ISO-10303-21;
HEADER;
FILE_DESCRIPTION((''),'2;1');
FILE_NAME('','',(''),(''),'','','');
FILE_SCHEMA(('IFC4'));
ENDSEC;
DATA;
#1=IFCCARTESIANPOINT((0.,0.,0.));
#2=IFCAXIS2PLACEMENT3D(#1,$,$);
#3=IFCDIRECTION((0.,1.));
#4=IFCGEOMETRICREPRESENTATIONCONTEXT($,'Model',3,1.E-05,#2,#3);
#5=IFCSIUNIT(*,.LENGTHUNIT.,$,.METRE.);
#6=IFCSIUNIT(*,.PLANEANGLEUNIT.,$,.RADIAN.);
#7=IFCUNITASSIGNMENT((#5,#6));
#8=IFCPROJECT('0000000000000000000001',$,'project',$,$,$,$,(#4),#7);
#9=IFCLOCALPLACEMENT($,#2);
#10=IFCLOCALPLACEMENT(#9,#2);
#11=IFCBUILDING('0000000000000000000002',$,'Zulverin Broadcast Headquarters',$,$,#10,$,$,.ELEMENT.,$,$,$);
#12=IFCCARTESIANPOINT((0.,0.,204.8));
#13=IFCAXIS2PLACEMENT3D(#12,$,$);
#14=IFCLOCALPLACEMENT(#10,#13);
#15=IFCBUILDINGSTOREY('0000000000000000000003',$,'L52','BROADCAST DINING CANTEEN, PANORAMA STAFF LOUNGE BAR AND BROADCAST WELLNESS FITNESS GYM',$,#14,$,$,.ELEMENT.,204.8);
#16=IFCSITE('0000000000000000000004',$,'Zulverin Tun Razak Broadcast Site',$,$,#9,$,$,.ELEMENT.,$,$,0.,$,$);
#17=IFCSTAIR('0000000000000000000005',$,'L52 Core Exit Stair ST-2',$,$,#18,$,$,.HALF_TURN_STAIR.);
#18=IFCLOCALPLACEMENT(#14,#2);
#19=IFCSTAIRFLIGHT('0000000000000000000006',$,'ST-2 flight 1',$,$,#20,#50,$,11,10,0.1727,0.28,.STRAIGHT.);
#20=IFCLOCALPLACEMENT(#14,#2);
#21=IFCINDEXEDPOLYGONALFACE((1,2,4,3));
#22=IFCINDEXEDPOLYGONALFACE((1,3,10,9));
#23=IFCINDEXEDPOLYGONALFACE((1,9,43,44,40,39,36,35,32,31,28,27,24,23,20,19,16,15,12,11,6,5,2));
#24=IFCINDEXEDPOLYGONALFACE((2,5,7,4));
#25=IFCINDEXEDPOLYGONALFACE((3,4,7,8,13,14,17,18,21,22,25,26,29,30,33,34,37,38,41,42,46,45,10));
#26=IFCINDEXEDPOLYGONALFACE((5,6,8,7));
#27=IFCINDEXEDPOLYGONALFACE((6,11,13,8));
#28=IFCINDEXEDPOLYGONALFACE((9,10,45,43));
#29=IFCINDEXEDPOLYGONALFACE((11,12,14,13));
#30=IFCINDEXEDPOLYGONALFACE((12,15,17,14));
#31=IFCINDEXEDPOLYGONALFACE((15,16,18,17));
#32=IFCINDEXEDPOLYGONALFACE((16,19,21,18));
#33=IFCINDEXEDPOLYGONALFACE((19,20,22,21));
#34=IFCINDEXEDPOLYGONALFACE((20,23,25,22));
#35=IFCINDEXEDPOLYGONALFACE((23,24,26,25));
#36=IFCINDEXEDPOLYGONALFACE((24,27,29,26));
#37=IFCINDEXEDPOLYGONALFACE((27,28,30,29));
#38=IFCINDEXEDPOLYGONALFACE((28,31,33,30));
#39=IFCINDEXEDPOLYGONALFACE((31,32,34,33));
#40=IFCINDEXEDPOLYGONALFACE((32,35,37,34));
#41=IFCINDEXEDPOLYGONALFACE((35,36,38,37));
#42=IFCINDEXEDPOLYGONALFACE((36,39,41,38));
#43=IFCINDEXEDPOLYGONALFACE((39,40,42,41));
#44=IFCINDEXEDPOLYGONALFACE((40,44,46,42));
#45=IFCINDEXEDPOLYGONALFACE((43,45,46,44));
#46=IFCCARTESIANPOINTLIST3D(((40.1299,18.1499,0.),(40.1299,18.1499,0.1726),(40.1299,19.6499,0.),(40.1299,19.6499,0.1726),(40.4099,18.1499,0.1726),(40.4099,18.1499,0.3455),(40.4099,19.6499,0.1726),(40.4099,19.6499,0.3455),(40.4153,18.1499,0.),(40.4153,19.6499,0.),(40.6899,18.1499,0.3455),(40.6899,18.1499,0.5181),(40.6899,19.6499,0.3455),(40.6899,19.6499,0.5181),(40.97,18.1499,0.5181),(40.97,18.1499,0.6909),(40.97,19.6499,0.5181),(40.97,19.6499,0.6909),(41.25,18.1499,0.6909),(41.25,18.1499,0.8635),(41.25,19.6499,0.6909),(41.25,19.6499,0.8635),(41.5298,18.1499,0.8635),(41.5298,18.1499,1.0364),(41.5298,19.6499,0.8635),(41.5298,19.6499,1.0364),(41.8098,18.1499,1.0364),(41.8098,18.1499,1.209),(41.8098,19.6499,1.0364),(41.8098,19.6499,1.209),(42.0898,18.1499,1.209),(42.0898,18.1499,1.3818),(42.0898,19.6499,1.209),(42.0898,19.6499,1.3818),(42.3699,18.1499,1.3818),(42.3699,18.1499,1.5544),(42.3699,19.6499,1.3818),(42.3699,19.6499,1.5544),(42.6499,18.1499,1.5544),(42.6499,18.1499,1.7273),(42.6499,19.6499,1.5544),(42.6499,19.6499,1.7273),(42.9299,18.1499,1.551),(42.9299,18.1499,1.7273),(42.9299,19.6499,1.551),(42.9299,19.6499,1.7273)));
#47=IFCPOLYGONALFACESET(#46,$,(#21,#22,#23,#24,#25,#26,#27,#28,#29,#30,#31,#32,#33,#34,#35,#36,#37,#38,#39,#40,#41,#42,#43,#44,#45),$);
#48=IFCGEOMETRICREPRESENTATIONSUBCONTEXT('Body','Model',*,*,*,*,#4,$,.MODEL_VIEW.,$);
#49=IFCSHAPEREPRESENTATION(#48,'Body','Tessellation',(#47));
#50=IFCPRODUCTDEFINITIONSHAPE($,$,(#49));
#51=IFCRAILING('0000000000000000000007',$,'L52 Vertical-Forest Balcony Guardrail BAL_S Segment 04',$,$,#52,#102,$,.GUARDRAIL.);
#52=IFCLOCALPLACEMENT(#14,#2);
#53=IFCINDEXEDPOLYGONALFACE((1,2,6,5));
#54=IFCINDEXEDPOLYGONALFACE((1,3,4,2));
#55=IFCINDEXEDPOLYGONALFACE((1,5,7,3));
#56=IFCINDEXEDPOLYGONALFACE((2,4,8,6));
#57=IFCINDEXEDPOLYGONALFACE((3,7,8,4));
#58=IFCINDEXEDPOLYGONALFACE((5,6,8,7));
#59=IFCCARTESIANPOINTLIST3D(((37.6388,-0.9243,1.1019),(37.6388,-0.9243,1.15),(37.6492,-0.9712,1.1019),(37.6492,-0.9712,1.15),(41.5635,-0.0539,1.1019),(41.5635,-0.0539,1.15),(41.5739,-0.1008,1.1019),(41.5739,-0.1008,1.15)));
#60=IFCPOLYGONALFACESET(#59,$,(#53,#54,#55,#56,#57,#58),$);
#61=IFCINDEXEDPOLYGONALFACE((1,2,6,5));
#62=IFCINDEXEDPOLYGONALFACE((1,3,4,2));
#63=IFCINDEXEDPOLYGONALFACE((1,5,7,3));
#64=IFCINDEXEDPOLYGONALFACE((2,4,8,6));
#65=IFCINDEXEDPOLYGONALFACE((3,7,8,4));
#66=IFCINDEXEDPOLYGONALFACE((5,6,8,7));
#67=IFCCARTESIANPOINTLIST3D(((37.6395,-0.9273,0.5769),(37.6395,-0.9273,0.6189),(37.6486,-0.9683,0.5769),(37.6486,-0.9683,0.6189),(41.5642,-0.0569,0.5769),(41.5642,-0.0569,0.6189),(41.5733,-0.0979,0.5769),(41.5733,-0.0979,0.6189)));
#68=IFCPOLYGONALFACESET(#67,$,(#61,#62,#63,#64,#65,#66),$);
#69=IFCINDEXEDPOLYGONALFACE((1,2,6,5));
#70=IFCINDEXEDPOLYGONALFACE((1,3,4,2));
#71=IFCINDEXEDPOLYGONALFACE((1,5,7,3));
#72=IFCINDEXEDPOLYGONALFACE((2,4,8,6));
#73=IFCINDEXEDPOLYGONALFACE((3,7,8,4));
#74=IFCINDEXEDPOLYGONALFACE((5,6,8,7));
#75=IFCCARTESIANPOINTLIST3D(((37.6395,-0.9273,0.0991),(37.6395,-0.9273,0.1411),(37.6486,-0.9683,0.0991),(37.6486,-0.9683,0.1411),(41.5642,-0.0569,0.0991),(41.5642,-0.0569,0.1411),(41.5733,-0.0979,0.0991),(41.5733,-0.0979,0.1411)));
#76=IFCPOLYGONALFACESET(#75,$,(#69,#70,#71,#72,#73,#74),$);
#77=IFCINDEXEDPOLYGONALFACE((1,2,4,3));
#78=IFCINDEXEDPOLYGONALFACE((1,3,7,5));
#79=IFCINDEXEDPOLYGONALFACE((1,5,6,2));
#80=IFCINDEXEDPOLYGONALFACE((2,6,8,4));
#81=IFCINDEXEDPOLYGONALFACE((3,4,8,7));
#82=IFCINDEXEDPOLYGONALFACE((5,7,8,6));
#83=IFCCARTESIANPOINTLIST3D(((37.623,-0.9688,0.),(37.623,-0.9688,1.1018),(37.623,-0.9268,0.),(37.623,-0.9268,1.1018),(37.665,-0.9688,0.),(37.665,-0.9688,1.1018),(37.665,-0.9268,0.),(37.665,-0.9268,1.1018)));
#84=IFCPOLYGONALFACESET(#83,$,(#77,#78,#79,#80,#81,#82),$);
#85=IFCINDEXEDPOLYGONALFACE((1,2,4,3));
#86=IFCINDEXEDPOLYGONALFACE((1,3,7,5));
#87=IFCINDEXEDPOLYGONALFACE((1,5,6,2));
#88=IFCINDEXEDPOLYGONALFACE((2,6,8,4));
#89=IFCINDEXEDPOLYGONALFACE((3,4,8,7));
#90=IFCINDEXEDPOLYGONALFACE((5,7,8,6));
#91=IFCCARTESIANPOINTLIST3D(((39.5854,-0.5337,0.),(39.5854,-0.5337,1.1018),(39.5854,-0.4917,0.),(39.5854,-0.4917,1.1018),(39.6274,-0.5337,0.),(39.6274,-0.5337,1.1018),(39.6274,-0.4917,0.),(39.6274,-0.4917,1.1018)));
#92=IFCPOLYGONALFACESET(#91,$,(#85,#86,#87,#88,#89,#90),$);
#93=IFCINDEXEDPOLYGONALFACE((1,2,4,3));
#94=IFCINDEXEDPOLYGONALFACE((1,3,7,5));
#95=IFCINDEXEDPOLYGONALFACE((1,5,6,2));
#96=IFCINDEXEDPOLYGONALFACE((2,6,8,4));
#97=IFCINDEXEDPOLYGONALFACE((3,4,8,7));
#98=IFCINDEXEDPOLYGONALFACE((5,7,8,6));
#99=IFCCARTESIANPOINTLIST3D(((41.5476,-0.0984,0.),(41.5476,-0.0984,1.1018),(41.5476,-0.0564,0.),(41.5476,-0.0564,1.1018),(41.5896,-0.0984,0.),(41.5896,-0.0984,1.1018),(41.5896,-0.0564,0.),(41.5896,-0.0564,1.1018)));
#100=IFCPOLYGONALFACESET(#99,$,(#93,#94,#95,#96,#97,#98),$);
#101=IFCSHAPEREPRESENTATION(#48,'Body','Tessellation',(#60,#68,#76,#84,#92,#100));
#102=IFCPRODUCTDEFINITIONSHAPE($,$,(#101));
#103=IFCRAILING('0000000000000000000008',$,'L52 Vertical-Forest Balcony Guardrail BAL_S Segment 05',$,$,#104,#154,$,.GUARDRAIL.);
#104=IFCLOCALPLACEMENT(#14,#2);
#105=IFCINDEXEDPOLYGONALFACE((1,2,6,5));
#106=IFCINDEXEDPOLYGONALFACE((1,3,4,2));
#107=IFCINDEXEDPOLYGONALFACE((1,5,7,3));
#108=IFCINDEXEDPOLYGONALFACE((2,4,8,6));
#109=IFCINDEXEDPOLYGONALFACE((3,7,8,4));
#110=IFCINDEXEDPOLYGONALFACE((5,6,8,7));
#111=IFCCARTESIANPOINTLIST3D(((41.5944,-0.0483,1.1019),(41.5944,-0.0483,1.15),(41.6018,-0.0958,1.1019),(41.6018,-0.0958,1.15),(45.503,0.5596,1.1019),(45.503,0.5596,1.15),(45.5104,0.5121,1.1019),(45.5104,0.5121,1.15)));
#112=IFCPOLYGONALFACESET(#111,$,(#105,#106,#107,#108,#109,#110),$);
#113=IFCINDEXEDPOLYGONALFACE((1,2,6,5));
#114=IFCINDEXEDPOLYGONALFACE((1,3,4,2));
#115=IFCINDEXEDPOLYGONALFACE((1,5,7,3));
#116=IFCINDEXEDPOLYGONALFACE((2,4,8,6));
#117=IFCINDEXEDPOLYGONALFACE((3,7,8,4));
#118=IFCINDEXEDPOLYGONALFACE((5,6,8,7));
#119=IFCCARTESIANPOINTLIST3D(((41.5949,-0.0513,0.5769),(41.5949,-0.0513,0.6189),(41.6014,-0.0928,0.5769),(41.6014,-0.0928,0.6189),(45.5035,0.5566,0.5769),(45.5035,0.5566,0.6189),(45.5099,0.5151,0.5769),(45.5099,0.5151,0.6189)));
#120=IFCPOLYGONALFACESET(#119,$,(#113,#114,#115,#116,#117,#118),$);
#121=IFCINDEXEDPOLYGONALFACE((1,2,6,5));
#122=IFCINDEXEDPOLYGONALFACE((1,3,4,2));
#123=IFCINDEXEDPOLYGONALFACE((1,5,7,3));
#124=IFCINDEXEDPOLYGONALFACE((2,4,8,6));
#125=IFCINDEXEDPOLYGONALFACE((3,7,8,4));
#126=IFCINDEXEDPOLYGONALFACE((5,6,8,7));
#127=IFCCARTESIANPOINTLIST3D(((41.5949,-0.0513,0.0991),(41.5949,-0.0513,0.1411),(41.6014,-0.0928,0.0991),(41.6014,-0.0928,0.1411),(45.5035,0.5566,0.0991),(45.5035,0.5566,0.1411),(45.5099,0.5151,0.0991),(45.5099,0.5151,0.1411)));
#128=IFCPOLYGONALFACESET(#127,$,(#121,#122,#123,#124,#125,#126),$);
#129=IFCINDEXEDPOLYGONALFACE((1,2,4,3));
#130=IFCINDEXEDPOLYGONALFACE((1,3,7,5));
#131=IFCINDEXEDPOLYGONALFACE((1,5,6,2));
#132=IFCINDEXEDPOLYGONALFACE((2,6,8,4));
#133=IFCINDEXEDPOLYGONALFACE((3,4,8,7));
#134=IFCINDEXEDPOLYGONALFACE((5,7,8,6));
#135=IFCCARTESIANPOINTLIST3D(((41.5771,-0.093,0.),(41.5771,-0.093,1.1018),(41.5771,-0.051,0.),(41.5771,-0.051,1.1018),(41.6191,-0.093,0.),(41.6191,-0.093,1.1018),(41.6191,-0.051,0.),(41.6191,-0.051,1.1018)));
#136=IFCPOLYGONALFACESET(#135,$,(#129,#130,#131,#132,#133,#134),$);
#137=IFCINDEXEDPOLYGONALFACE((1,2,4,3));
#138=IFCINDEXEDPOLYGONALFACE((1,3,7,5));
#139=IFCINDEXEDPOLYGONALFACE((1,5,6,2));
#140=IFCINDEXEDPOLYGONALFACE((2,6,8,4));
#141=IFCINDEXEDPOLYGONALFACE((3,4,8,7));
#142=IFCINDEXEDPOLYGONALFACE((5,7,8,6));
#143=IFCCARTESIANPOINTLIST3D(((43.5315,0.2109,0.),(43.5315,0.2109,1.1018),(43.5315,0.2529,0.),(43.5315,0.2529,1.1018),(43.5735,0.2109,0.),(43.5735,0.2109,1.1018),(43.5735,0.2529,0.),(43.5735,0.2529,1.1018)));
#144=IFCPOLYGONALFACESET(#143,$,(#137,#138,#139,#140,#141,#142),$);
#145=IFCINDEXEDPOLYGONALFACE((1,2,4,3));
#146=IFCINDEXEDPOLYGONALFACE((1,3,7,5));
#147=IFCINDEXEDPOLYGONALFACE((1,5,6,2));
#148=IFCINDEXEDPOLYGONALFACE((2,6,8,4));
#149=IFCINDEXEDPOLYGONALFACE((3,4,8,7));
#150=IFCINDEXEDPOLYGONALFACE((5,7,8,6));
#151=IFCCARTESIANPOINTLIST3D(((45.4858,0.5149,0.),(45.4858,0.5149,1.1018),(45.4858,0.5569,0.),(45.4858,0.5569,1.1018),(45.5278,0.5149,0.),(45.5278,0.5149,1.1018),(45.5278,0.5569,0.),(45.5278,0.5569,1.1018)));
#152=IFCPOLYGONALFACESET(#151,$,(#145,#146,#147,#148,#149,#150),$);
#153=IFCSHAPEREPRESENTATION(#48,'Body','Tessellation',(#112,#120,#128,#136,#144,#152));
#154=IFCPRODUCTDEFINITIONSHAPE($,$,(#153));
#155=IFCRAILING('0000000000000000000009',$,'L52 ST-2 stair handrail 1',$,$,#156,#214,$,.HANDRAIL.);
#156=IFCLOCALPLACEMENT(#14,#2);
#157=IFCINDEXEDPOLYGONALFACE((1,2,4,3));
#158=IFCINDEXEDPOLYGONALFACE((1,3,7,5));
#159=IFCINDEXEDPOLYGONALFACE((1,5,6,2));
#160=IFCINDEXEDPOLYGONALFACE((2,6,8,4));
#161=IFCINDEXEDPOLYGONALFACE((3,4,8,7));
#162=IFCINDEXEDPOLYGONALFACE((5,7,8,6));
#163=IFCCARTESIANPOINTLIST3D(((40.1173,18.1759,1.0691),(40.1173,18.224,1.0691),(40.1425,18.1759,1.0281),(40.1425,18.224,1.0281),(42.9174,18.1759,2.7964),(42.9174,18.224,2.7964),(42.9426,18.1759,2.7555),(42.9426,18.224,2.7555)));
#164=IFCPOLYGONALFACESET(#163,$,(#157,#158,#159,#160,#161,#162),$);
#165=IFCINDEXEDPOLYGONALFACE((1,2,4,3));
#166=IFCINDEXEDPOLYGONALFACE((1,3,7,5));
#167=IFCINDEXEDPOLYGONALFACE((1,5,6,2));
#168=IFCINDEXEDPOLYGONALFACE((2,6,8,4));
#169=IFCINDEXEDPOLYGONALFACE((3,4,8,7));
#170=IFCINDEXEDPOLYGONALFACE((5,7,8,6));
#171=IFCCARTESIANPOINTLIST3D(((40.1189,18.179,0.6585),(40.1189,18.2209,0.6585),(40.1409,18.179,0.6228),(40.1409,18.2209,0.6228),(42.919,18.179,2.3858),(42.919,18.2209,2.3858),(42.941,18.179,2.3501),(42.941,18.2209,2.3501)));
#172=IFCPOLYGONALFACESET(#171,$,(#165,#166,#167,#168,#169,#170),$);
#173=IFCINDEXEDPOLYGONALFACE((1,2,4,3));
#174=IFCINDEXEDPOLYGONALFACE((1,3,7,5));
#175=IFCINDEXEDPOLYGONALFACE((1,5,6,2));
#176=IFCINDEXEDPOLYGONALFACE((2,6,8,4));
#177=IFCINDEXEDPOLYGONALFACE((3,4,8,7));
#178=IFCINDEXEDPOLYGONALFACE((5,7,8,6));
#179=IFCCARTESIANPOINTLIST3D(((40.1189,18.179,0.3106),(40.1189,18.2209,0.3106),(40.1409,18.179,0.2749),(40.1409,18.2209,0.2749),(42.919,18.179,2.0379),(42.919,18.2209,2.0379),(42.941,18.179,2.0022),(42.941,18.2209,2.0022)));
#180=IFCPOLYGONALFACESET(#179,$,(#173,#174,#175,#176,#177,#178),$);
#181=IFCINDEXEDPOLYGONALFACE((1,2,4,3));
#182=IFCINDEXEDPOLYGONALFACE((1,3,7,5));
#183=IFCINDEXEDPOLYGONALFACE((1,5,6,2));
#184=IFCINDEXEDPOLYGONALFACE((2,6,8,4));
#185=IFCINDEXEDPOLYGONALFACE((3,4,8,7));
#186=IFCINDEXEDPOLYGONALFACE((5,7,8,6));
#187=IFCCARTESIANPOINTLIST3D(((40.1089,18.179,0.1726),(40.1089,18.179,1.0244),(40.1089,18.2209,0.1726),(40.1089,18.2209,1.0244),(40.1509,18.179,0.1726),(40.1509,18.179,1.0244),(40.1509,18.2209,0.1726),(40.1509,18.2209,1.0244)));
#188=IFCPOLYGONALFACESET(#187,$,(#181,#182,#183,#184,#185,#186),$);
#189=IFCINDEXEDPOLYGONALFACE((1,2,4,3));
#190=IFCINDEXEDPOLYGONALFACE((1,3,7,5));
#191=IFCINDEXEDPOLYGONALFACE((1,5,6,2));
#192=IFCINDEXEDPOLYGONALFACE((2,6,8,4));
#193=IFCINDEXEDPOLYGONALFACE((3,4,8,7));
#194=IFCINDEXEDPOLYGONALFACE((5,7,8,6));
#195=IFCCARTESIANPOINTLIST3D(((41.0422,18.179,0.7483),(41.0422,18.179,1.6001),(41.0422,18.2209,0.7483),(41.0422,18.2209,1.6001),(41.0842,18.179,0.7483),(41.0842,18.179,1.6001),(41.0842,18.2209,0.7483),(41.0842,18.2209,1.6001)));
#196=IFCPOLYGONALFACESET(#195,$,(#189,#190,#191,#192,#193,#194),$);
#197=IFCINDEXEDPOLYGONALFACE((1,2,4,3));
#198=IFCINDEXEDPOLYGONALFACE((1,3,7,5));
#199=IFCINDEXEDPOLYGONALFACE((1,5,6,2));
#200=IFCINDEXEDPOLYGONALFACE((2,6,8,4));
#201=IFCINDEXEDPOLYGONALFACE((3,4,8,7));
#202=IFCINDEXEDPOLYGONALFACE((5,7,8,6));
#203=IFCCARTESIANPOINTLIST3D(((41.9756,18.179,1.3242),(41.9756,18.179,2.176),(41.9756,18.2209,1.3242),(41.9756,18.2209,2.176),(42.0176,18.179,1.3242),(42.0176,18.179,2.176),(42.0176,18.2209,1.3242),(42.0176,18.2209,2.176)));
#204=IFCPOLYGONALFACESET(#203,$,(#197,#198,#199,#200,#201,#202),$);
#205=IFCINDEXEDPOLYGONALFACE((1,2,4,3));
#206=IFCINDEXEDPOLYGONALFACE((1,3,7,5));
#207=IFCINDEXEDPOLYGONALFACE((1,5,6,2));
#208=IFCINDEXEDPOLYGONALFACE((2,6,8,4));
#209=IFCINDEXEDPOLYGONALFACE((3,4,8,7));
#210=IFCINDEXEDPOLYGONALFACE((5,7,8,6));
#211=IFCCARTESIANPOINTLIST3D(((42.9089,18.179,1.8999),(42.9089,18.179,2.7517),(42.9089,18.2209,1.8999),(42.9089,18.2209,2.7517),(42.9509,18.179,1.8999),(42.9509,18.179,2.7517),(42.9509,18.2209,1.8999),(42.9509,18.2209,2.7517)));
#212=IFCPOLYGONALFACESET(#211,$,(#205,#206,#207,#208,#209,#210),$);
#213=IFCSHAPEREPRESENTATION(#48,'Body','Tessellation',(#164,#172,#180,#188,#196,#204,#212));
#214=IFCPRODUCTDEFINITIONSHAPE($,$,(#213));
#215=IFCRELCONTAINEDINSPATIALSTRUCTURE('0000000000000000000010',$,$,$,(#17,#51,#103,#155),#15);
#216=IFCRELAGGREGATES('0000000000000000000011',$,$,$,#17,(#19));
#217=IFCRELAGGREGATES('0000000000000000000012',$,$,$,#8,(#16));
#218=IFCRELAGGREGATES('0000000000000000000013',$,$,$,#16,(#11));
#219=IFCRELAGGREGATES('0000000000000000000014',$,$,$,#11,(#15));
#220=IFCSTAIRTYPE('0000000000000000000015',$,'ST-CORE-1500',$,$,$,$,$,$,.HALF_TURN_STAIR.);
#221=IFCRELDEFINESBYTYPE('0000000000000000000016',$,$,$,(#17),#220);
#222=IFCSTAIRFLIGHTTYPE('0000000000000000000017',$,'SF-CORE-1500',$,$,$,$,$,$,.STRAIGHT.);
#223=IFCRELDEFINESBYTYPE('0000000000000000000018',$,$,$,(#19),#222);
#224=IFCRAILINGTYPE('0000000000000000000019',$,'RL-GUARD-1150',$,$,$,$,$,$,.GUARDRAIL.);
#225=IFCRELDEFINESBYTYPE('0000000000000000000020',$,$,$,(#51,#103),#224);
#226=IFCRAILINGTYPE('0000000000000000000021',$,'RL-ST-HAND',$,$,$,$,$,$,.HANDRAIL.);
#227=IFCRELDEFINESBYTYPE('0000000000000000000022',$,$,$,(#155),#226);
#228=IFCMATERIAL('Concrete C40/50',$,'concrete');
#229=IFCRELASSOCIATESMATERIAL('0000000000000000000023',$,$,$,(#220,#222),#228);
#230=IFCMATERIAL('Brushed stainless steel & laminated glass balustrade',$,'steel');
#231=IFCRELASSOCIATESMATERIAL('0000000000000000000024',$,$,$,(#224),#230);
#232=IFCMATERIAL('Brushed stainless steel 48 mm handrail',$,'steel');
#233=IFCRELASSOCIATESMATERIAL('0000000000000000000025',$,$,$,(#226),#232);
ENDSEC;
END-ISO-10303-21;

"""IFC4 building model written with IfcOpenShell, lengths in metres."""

from ifc_helpers import new_model, si_unit, direction, frame, origin, origin_2d, place, context, subcontext, project, spatial, polyline, rectangle, outline, extrude, material, type_object, element, aggregate, save


model = new_model("IFC4")

# Units and contexts
model_context = context("Model", 3, precision=1e-05, world=origin(), true_north=direction((0.0, 1.0)))
body_context = subcontext(model_context, "Body", "Model", "MODEL_VIEW")
ifc_project = project(units=[si_unit("LENGTHUNIT", "METRE"), si_unit("PLANEANGLEUNIT", "RADIAN")], contexts=[model_context])

# Site, building, storey
site_placement = place(None, origin())
site = spatial("IfcSite", under=ifc_project, at=site_placement, Name="Zulverin Tun Razak Broadcast Site", CompositionType="ELEMENT", RefElevation=0.0)
building_placement = place(site_placement, origin())
building = spatial("IfcBuilding", under=site, at=building_placement, Name="Zulverin Broadcast Headquarters", CompositionType="ELEMENT")
storey_placement = place(building_placement, frame((0.0, 0.0, 204.8)))
storey = spatial("IfcBuildingStorey", under=building, at=storey_placement, Name="L52", Description="BROADCAST DINING CANTEEN, PANORAMA STAFF LOUNGE BAR AND BROADCAST WELLNESS FITNESS GYM", CompositionType="ELEMENT", Elevation=204.8)

# Shared definitions
ifc_material_1 = material(Name="Concrete C40/50", Category="concrete")

# Stair, stair flight
stair_type = type_object("IfcStairType", Name="ST-CORE-1500", PredefinedType="HALF_TURN_STAIR", material=ifc_material_1)
stair_placement = place(storey_placement, origin())
stair = element("IfcStair", 1, at=stair_placement, inside=storey, type_object=stair_type, Name="L52 Core Exit Stair ST-2", PredefinedType="HALF_TURN_STAIR")
stair_flight_type = type_object("IfcStairFlightType", Name="SF-CORE-1500", PredefinedType="STRAIGHT", material=ifc_material_1)
stair_flight_placement = place(storey_placement, frame((40.1299, 18.8999, 0.0), z_axis=(0.0, 0.0, 1.0), x_axis=(1.0, 0.0, 0.0)))
stair_flight = element("IfcStairFlight", 2, at=stair_flight_placement, type_object=stair_flight_type, Name="ST-2 flight 1", NumberOfRisers=11, NumberOfTreads=10, PredefinedType="STRAIGHT", RiserHeight=0.1727, TreadLength=0.28, context=body_context, shape_type="SweptSolid", body=[
    extrude(outline(polyline([(0.0, 0.0), (0.0, 0.1726), (0.28, 0.1726), (0.28, 0.3455), (0.5601, 0.3455), (0.5601, 0.5181), (0.8401, 0.5181), (0.8401, 0.6909), (1.1201, 0.6909), (1.1201, 0.8635), (1.3999, 0.8635), (1.3999, 1.0364), (1.6799, 1.0364), (1.6799, 1.209), (1.96, 1.209), (1.96, 1.3818), (2.24, 1.3818), (2.24, 1.5544), (2.52, 1.5544), (2.52, 1.7273), (2.8, 1.7273), (2.8, 1.8999), (2.8, 1.551), (0.2854, 0.0), (0.0, 0.0)])), frame((0.0, 0.75, 0.0), z_axis=(0.0, -1.0, 0.0), x_axis=(1.0, 0.0, 0.0)), (0.0, 0.0, 1.0), 1.5),
])
aggregate(stair, [stair_flight])

# Railings
ifc_material_2 = material(Name="Brushed stainless steel & laminated glass balustrade", Category="steel")
railing_type_1 = type_object("IfcRailingType", Name="RL-GUARD-1150", PredefinedType="GUARDRAIL", material=ifc_material_2)
railing_1_placement = place(storey_placement, frame((37.644, -0.9478, 0.0)))
element("IfcRailing", 3, at=railing_1_placement, inside=storey, type_object=railing_type_1, Name="L52 Vertical-Forest Balcony Guardrail BAL_S Segment 04", PredefinedType="GUARDRAIL", context=body_context, shape_type="SweptSolid", body=[
    extrude(rectangle(XDim=0.0481, YDim=0.0481, at=origin_2d()), frame((0.0, 0.0, 1.126), z_axis=(0.97628, 0.216512, 0.0), x_axis=(-0.216512, 0.97628, 0.0)), (0.0, 0.0, 1.0), 4.02),
    extrude(rectangle(XDim=0.042, YDim=0.042, at=origin_2d()), frame((0.0, 0.0, 0.5979), z_axis=(0.97628, 0.216512, 0.0), x_axis=(-0.216512, 0.97628, 0.0)), (0.0, 0.0, 1.0), 4.02),
    extrude(rectangle(XDim=0.042, YDim=0.042, at=origin_2d()), frame((0.0, 0.0, 0.1201), z_axis=(0.97628, 0.216512, 0.0), x_axis=(-0.216512, 0.97628, 0.0)), (0.0, 0.0, 1.0), 4.02),
    extrude(rectangle(XDim=0.042, YDim=0.042, at=origin_2d()), origin(), (0.0, 0.0, 1.0), 1.1018),
    extrude(rectangle(XDim=0.042, YDim=0.042, at=origin_2d()), frame((1.9624, 0.4351, 0.0)), (0.0, 0.0, 1.0), 1.1018),
    extrude(rectangle(XDim=0.042, YDim=0.042, at=origin_2d()), frame((3.9246, 0.8704, 0.0)), (0.0, 0.0, 1.0), 1.1018),
])
railing_2_placement = place(storey_placement, frame((41.5981, -0.072, 0.0)))
element("IfcRailing", 4, at=railing_2_placement, inside=storey, type_object=railing_type_1, Name="L52 Vertical-Forest Balcony Guardrail BAL_S Segment 05", PredefinedType="GUARDRAIL", context=body_context, shape_type="SweptSolid", body=[
    extrude(rectangle(XDim=0.0481, YDim=0.0481, at=origin_2d()), frame((0.0, 0.0, 1.126), z_axis=(0.988121, 0.15368, 0.0), x_axis=(-0.15368, 0.988121, 0.0)), (0.0, 0.0, 1.0), 3.9556),
    extrude(rectangle(XDim=0.042, YDim=0.042, at=origin_2d()), frame((0.0, 0.0, 0.5979), z_axis=(0.988121, 0.15368, 0.0), x_axis=(-0.15368, 0.988121, 0.0)), (0.0, 0.0, 1.0), 3.9556),
    extrude(rectangle(XDim=0.042, YDim=0.042, at=origin_2d()), frame((0.0, 0.0, 0.1201), z_axis=(0.988121, 0.15368, 0.0), x_axis=(-0.15368, 0.988121, 0.0)), (0.0, 0.0, 1.0), 3.9556),
    extrude(rectangle(XDim=0.042, YDim=0.042, at=origin_2d()), origin(), (0.0, 0.0, 1.0), 1.1018),
    extrude(rectangle(XDim=0.042, YDim=0.042, at=origin_2d()), frame((1.9543, 0.304, 0.0)), (0.0, 0.0, 1.0), 1.1018),
    extrude(rectangle(XDim=0.042, YDim=0.042, at=origin_2d()), frame((3.9087, 0.6079, 0.0)), (0.0, 0.0, 1.0), 1.1018),
])
ifc_material_3 = material(Name="Brushed stainless steel 48 mm handrail", Category="steel")
railing_type_2 = type_object("IfcRailingType", Name="RL-ST-HAND", PredefinedType="HANDRAIL", material=ifc_material_3)
railing_3_placement = place(storey_placement, frame((40.1299, 18.2, 0.1726)))
element("IfcRailing", 5, at=railing_3_placement, inside=storey, type_object=railing_type_2, Name="L52 ST-2 stair handrail 1", PredefinedType="HANDRAIL", context=body_context, shape_type="SweptSolid", body=[
    extrude(rectangle(XDim=0.0481, YDim=0.0481, at=origin_2d()), frame((0.0, 0.0, 0.876), z_axis=(0.85109, 0.0, 0.52502), x_axis=(0.0, 1.0, 0.0)), (0.0, 0.0, 1.0), 3.29),
    extrude(rectangle(XDim=0.042, YDim=0.042, at=origin_2d()), frame((0.0, 0.0, 0.468), z_axis=(0.85109, 0.0, 0.52502), x_axis=(0.0, 1.0, 0.0)), (0.0, 0.0, 1.0), 3.29),
    extrude(rectangle(XDim=0.042, YDim=0.042, at=origin_2d()), frame((0.0, 0.0, 0.1201), z_axis=(0.85109, 0.0, 0.52502), x_axis=(0.0, 1.0, 0.0)), (0.0, 0.0, 1.0), 3.29),
    extrude(rectangle(XDim=0.042, YDim=0.042, at=origin_2d()), origin(), (0.0, 0.0, 1.0), 0.8518),
    extrude(rectangle(XDim=0.042, YDim=0.042, at=origin_2d()), frame((0.9333, 0.0, 0.5757)), (0.0, 0.0, 1.0), 0.8518),
    extrude(rectangle(XDim=0.042, YDim=0.042, at=origin_2d()), frame((1.8667, 0.0, 1.1516)), (0.0, 0.0, 1.0), 0.8518),
    extrude(rectangle(XDim=0.042, YDim=0.042, at=origin_2d()), frame((2.8, 0.0, 1.7273)), (0.0, 0.0, 1.0), 0.8518),
])

save(model, "model.ifc")
